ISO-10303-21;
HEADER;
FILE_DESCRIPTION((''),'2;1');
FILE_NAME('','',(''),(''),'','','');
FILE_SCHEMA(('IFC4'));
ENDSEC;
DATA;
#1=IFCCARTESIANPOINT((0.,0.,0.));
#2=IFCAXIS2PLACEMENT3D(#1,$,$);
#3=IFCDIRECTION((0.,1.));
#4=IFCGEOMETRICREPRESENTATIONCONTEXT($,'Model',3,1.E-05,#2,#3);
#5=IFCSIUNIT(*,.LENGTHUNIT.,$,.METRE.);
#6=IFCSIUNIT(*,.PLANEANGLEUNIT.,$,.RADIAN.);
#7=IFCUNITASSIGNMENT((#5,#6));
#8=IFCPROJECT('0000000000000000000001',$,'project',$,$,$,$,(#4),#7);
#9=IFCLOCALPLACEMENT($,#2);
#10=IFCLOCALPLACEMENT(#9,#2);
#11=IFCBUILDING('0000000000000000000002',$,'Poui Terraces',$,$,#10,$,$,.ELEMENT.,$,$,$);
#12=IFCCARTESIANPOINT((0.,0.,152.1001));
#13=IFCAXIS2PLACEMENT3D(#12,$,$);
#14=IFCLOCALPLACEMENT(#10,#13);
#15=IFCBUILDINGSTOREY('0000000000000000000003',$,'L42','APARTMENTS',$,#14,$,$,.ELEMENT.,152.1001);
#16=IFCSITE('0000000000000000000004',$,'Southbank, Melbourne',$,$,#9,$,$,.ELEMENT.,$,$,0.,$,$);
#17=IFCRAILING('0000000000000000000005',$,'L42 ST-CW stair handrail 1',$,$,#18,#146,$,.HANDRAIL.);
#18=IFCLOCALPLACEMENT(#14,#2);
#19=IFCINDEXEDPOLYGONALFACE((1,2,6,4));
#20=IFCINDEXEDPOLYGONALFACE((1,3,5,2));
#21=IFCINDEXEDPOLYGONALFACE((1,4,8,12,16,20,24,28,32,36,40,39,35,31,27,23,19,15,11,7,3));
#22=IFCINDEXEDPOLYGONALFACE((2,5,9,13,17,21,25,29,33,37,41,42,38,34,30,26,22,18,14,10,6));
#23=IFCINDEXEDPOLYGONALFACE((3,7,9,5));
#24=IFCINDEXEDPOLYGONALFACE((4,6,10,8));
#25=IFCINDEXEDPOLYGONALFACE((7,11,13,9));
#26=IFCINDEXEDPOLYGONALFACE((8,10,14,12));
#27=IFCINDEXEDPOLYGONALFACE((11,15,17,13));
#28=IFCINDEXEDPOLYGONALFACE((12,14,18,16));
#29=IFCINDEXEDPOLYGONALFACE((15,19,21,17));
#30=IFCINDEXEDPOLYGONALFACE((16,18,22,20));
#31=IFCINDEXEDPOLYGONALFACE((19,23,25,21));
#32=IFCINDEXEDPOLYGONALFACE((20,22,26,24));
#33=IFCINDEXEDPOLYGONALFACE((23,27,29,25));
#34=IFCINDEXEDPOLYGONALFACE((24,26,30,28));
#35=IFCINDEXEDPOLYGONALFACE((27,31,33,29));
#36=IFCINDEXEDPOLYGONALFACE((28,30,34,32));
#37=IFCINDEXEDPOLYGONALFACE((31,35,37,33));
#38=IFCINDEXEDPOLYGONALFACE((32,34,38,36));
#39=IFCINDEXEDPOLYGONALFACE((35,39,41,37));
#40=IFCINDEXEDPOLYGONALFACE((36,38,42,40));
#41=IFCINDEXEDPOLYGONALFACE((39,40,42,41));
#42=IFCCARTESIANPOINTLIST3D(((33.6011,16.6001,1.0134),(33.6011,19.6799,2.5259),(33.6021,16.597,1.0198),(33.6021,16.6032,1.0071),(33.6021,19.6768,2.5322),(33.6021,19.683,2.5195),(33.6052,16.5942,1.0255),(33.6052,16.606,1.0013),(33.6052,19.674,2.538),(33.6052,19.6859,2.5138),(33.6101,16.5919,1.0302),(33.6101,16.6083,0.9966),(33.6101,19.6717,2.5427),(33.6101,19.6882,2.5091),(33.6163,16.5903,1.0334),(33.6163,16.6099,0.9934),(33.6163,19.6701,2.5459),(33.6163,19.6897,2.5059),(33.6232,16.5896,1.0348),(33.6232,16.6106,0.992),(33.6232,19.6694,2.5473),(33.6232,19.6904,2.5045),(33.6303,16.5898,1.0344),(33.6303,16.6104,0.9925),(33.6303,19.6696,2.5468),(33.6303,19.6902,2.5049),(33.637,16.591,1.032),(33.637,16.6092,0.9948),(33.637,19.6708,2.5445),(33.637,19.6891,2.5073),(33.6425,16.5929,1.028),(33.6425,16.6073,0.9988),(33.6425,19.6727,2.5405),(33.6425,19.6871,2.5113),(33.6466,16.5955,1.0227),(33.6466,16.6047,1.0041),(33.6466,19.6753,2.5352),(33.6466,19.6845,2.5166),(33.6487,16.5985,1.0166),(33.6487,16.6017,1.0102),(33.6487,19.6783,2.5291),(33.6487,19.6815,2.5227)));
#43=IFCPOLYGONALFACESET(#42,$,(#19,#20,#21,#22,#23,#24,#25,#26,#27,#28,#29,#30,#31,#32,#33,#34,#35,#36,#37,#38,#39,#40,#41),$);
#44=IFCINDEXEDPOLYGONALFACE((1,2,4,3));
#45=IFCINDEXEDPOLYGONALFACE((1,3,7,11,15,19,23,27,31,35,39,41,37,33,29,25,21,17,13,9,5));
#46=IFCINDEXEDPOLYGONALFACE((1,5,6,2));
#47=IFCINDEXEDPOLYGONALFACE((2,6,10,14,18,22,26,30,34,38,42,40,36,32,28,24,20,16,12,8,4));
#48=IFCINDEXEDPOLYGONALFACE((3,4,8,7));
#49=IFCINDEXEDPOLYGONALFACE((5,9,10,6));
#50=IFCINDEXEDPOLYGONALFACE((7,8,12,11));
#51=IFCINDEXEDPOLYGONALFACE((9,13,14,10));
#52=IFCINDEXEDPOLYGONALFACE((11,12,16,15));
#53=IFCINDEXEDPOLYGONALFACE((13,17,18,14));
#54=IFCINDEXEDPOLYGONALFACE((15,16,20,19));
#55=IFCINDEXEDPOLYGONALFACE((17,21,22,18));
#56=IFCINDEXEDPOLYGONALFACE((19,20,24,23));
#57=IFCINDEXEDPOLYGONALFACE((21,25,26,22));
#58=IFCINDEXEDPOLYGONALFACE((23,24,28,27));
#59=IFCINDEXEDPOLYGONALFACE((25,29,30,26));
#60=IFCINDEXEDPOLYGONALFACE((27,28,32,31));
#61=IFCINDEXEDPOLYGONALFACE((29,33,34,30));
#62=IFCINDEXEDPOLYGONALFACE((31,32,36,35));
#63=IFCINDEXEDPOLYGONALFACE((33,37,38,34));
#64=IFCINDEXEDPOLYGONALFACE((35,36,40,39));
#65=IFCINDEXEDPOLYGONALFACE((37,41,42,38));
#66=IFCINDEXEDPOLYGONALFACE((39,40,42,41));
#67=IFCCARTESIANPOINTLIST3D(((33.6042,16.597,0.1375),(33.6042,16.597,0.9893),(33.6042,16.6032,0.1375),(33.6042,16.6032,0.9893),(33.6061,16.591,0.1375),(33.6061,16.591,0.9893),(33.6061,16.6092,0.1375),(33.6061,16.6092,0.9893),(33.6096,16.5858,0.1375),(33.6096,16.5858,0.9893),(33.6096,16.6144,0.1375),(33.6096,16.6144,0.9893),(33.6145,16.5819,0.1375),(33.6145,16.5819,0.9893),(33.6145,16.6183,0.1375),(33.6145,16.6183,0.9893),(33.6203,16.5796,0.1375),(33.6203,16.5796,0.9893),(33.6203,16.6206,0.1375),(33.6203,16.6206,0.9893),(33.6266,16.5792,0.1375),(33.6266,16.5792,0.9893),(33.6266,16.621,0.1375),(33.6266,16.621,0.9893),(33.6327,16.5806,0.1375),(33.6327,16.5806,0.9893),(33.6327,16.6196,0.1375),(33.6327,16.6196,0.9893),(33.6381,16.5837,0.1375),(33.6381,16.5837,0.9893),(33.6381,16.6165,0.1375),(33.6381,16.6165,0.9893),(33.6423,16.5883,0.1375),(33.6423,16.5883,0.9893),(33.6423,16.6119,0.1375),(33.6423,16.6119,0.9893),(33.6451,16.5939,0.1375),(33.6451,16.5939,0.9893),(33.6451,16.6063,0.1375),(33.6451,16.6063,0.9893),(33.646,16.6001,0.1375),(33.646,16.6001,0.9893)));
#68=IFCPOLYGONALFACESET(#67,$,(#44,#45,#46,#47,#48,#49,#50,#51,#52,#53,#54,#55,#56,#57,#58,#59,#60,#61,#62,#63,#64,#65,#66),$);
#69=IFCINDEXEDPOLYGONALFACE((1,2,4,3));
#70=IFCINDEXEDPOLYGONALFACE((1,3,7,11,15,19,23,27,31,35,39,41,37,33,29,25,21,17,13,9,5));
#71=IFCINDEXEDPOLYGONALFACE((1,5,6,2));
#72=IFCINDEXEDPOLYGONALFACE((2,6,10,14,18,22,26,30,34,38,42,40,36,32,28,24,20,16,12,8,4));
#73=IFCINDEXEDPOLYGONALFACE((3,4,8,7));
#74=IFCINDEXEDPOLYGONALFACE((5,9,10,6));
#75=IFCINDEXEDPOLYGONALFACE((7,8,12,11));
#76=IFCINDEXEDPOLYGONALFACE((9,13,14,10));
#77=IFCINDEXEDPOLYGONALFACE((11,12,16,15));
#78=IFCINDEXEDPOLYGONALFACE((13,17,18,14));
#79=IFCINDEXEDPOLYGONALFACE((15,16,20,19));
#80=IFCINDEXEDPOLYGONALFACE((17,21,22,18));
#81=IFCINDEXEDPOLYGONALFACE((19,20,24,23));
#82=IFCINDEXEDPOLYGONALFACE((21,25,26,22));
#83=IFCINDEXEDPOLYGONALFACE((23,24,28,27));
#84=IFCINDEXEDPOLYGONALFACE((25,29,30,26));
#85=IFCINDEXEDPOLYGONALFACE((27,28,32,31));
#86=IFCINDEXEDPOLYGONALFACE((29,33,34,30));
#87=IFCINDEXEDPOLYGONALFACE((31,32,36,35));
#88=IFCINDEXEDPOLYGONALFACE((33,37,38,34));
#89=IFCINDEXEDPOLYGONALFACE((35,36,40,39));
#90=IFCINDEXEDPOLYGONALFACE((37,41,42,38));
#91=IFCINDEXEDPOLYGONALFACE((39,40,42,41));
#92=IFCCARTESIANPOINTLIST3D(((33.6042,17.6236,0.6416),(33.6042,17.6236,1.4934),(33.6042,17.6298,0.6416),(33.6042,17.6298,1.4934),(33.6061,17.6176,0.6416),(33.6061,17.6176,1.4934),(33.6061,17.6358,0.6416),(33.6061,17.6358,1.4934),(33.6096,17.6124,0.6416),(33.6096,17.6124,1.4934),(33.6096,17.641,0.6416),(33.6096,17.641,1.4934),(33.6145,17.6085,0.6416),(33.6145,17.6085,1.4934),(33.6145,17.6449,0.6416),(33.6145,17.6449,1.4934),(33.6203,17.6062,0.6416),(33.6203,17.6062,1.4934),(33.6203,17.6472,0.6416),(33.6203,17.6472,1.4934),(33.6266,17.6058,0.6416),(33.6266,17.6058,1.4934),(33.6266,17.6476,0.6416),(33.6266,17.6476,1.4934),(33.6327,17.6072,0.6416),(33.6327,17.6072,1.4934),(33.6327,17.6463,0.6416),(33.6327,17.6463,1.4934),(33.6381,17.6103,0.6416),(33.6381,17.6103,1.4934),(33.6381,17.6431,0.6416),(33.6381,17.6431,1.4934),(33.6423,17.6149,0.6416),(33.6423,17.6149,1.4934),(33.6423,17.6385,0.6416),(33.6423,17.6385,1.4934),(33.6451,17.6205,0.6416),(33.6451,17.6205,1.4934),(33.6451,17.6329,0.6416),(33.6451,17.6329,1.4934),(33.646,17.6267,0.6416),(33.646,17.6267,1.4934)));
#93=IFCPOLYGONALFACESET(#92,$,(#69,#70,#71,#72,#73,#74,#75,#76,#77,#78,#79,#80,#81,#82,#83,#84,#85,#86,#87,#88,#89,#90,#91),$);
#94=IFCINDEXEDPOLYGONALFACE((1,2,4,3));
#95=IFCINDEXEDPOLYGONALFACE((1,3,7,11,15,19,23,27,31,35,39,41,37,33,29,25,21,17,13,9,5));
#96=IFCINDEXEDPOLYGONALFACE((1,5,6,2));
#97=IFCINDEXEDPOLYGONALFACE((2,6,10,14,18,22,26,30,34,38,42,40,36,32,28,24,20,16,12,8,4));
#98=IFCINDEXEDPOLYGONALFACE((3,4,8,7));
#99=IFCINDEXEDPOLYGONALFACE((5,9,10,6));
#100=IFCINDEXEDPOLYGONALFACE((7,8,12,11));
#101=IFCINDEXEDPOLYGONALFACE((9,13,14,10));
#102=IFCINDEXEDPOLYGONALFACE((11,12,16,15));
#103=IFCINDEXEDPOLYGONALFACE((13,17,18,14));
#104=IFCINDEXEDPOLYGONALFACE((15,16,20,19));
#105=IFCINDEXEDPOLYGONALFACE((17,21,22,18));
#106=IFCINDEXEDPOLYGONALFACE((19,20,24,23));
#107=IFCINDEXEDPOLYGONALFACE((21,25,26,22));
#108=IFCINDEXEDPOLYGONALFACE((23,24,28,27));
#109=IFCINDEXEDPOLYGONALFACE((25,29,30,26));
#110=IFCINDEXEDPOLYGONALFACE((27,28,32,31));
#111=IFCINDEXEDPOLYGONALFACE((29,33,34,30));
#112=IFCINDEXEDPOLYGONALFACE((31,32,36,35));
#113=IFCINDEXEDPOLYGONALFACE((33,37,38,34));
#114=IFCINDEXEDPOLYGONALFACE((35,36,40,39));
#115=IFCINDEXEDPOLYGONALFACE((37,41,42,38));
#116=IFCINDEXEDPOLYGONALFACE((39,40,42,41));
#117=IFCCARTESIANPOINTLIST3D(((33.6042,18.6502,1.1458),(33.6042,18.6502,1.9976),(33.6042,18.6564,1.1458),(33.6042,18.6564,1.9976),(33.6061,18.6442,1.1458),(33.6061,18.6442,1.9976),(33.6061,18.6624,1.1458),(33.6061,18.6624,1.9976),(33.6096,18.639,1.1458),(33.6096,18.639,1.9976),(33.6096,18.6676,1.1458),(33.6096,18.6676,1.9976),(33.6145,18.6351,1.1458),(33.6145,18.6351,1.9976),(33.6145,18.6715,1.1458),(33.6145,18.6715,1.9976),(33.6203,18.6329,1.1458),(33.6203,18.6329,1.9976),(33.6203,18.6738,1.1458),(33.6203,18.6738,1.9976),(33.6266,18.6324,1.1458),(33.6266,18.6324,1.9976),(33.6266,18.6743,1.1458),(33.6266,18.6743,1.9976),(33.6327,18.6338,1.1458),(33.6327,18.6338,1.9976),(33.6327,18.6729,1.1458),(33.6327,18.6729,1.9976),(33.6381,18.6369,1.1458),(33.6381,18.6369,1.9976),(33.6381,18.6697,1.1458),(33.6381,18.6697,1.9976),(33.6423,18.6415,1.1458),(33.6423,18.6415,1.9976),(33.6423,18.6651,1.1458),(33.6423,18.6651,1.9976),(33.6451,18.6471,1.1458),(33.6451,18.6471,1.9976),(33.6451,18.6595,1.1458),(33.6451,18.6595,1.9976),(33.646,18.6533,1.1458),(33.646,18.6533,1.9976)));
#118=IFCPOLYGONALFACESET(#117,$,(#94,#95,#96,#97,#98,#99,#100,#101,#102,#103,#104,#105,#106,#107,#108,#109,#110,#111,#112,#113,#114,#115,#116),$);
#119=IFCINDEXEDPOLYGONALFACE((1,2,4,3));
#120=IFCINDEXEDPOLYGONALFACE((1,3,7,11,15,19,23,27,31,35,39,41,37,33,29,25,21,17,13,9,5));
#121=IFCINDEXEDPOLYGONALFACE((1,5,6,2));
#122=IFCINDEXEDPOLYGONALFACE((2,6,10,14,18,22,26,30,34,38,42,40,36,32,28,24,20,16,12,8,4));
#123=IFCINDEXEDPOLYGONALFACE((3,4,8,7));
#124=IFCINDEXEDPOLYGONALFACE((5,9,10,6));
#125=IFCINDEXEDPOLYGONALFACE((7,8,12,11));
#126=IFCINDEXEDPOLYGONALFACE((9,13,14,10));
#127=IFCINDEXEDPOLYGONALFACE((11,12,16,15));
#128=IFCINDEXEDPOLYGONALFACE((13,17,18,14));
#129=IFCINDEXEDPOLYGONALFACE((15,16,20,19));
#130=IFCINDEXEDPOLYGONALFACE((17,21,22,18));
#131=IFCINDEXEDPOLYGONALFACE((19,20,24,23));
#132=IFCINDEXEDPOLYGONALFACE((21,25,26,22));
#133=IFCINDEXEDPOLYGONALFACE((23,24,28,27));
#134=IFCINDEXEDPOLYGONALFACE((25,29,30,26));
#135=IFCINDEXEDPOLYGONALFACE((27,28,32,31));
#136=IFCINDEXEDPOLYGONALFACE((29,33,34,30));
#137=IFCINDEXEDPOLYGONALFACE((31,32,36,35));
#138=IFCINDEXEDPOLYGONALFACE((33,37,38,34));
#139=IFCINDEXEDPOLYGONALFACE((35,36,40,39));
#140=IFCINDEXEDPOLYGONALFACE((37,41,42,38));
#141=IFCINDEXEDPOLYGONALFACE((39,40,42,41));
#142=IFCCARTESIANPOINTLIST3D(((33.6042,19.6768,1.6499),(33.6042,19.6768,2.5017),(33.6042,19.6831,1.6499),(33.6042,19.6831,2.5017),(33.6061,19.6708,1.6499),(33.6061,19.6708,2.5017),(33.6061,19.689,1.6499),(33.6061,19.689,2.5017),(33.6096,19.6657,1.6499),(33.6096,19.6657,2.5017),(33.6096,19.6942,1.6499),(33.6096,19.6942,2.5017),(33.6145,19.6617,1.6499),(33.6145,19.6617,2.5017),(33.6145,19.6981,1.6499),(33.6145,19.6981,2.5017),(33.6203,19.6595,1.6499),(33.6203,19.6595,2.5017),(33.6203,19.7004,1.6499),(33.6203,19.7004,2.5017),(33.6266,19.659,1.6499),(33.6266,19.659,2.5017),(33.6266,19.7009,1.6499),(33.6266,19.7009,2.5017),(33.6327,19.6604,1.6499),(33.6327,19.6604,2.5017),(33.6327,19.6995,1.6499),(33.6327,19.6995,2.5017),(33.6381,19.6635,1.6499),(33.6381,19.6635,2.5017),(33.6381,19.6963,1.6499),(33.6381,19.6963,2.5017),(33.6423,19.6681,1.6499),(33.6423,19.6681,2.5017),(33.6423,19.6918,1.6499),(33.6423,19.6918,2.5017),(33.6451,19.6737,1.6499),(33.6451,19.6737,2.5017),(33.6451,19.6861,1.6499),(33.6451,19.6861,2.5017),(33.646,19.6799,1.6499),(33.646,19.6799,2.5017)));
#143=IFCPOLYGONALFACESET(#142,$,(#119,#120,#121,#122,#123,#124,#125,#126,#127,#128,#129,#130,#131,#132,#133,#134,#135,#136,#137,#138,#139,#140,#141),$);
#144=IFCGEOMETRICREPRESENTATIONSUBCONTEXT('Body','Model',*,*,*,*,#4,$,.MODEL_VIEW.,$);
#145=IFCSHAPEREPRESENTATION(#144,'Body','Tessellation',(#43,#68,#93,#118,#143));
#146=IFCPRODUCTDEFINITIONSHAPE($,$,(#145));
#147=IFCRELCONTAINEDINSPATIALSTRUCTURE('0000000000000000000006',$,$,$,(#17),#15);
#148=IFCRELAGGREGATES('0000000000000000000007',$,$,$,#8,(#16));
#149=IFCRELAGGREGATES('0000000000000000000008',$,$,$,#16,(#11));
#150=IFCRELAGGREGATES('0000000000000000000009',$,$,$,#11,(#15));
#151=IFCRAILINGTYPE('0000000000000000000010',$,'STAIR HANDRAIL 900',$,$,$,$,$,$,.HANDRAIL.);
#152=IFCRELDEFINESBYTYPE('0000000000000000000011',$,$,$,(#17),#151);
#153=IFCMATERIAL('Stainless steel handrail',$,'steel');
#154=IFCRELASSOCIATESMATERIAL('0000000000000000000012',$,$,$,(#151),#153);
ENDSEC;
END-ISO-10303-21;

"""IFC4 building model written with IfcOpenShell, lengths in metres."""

from ifc_helpers import new_model, si_unit, direction, frame, origin, origin_2d, place, context, subcontext, project, spatial, circle, extrude, material, type_object, element, save


model = new_model("IFC4")

# Units and contexts
model_context = context("Model", 3, precision=1e-05, world=origin(), true_north=direction((0.0, 1.0)))
body_context = subcontext(model_context, "Body", "Model", "MODEL_VIEW")
ifc_project = project(units=[si_unit("LENGTHUNIT", "METRE"), si_unit("PLANEANGLEUNIT", "RADIAN")], contexts=[model_context])

# Site, building, storey
site_placement = place(None, origin())
site = spatial("IfcSite", under=ifc_project, at=site_placement, Name="Southbank, Melbourne", CompositionType="ELEMENT", RefElevation=0.0)
building_placement = place(site_placement, origin())
building = spatial("IfcBuilding", under=site, at=building_placement, Name="Poui Terraces", CompositionType="ELEMENT")
storey_placement = place(building_placement, frame((0.0, 0.0, 152.1001)))
storey = spatial("IfcBuildingStorey", under=building, at=storey_placement, Name="L42", Description="APARTMENTS", CompositionType="ELEMENT", Elevation=152.1001)

# Railing
ifc_material_1 = material(Name="Stainless steel handrail", Category="steel")
railing_type_1 = type_object("IfcRailingType", Name="STAIR HANDRAIL 900", PredefinedType="HANDRAIL", material=ifc_material_1)
railing_1_placement = place(storey_placement, frame((33.625, 16.6001, 0.1375)))
element("IfcRailing", 1, at=railing_1_placement, inside=storey, type_object=railing_type_1, Name="L42 ST-CW stair handrail 1", PredefinedType="HANDRAIL", context=body_context, shape_type="SweptSolid", body=[
    extrude(circle(Radius=0.0239, at=origin_2d()), frame((0.0, 0.0, 0.876), z_axis=(0.0, 0.897606, 0.440798), x_axis=(-1.0, 0.0, 0.0)), (0.0, 0.0, 1.0), 3.4312),
    extrude(circle(Radius=0.021, at=origin_2d()), origin(), (0.0, 0.0, 1.0), 0.8518),
    extrude(circle(Radius=0.021, at=origin_2d()), frame((0.0, 1.0266, 0.5042)), (0.0, 0.0, 1.0), 0.8518),
    extrude(circle(Radius=0.021, at=origin_2d()), frame((0.0, 2.0532, 1.0083)), (0.0, 0.0, 1.0), 0.8518),
    extrude(circle(Radius=0.021, at=origin_2d()), frame((0.0, 3.0798, 1.5125)), (0.0, 0.0, 1.0), 0.8518),
])

save(model, "model.ifc")
